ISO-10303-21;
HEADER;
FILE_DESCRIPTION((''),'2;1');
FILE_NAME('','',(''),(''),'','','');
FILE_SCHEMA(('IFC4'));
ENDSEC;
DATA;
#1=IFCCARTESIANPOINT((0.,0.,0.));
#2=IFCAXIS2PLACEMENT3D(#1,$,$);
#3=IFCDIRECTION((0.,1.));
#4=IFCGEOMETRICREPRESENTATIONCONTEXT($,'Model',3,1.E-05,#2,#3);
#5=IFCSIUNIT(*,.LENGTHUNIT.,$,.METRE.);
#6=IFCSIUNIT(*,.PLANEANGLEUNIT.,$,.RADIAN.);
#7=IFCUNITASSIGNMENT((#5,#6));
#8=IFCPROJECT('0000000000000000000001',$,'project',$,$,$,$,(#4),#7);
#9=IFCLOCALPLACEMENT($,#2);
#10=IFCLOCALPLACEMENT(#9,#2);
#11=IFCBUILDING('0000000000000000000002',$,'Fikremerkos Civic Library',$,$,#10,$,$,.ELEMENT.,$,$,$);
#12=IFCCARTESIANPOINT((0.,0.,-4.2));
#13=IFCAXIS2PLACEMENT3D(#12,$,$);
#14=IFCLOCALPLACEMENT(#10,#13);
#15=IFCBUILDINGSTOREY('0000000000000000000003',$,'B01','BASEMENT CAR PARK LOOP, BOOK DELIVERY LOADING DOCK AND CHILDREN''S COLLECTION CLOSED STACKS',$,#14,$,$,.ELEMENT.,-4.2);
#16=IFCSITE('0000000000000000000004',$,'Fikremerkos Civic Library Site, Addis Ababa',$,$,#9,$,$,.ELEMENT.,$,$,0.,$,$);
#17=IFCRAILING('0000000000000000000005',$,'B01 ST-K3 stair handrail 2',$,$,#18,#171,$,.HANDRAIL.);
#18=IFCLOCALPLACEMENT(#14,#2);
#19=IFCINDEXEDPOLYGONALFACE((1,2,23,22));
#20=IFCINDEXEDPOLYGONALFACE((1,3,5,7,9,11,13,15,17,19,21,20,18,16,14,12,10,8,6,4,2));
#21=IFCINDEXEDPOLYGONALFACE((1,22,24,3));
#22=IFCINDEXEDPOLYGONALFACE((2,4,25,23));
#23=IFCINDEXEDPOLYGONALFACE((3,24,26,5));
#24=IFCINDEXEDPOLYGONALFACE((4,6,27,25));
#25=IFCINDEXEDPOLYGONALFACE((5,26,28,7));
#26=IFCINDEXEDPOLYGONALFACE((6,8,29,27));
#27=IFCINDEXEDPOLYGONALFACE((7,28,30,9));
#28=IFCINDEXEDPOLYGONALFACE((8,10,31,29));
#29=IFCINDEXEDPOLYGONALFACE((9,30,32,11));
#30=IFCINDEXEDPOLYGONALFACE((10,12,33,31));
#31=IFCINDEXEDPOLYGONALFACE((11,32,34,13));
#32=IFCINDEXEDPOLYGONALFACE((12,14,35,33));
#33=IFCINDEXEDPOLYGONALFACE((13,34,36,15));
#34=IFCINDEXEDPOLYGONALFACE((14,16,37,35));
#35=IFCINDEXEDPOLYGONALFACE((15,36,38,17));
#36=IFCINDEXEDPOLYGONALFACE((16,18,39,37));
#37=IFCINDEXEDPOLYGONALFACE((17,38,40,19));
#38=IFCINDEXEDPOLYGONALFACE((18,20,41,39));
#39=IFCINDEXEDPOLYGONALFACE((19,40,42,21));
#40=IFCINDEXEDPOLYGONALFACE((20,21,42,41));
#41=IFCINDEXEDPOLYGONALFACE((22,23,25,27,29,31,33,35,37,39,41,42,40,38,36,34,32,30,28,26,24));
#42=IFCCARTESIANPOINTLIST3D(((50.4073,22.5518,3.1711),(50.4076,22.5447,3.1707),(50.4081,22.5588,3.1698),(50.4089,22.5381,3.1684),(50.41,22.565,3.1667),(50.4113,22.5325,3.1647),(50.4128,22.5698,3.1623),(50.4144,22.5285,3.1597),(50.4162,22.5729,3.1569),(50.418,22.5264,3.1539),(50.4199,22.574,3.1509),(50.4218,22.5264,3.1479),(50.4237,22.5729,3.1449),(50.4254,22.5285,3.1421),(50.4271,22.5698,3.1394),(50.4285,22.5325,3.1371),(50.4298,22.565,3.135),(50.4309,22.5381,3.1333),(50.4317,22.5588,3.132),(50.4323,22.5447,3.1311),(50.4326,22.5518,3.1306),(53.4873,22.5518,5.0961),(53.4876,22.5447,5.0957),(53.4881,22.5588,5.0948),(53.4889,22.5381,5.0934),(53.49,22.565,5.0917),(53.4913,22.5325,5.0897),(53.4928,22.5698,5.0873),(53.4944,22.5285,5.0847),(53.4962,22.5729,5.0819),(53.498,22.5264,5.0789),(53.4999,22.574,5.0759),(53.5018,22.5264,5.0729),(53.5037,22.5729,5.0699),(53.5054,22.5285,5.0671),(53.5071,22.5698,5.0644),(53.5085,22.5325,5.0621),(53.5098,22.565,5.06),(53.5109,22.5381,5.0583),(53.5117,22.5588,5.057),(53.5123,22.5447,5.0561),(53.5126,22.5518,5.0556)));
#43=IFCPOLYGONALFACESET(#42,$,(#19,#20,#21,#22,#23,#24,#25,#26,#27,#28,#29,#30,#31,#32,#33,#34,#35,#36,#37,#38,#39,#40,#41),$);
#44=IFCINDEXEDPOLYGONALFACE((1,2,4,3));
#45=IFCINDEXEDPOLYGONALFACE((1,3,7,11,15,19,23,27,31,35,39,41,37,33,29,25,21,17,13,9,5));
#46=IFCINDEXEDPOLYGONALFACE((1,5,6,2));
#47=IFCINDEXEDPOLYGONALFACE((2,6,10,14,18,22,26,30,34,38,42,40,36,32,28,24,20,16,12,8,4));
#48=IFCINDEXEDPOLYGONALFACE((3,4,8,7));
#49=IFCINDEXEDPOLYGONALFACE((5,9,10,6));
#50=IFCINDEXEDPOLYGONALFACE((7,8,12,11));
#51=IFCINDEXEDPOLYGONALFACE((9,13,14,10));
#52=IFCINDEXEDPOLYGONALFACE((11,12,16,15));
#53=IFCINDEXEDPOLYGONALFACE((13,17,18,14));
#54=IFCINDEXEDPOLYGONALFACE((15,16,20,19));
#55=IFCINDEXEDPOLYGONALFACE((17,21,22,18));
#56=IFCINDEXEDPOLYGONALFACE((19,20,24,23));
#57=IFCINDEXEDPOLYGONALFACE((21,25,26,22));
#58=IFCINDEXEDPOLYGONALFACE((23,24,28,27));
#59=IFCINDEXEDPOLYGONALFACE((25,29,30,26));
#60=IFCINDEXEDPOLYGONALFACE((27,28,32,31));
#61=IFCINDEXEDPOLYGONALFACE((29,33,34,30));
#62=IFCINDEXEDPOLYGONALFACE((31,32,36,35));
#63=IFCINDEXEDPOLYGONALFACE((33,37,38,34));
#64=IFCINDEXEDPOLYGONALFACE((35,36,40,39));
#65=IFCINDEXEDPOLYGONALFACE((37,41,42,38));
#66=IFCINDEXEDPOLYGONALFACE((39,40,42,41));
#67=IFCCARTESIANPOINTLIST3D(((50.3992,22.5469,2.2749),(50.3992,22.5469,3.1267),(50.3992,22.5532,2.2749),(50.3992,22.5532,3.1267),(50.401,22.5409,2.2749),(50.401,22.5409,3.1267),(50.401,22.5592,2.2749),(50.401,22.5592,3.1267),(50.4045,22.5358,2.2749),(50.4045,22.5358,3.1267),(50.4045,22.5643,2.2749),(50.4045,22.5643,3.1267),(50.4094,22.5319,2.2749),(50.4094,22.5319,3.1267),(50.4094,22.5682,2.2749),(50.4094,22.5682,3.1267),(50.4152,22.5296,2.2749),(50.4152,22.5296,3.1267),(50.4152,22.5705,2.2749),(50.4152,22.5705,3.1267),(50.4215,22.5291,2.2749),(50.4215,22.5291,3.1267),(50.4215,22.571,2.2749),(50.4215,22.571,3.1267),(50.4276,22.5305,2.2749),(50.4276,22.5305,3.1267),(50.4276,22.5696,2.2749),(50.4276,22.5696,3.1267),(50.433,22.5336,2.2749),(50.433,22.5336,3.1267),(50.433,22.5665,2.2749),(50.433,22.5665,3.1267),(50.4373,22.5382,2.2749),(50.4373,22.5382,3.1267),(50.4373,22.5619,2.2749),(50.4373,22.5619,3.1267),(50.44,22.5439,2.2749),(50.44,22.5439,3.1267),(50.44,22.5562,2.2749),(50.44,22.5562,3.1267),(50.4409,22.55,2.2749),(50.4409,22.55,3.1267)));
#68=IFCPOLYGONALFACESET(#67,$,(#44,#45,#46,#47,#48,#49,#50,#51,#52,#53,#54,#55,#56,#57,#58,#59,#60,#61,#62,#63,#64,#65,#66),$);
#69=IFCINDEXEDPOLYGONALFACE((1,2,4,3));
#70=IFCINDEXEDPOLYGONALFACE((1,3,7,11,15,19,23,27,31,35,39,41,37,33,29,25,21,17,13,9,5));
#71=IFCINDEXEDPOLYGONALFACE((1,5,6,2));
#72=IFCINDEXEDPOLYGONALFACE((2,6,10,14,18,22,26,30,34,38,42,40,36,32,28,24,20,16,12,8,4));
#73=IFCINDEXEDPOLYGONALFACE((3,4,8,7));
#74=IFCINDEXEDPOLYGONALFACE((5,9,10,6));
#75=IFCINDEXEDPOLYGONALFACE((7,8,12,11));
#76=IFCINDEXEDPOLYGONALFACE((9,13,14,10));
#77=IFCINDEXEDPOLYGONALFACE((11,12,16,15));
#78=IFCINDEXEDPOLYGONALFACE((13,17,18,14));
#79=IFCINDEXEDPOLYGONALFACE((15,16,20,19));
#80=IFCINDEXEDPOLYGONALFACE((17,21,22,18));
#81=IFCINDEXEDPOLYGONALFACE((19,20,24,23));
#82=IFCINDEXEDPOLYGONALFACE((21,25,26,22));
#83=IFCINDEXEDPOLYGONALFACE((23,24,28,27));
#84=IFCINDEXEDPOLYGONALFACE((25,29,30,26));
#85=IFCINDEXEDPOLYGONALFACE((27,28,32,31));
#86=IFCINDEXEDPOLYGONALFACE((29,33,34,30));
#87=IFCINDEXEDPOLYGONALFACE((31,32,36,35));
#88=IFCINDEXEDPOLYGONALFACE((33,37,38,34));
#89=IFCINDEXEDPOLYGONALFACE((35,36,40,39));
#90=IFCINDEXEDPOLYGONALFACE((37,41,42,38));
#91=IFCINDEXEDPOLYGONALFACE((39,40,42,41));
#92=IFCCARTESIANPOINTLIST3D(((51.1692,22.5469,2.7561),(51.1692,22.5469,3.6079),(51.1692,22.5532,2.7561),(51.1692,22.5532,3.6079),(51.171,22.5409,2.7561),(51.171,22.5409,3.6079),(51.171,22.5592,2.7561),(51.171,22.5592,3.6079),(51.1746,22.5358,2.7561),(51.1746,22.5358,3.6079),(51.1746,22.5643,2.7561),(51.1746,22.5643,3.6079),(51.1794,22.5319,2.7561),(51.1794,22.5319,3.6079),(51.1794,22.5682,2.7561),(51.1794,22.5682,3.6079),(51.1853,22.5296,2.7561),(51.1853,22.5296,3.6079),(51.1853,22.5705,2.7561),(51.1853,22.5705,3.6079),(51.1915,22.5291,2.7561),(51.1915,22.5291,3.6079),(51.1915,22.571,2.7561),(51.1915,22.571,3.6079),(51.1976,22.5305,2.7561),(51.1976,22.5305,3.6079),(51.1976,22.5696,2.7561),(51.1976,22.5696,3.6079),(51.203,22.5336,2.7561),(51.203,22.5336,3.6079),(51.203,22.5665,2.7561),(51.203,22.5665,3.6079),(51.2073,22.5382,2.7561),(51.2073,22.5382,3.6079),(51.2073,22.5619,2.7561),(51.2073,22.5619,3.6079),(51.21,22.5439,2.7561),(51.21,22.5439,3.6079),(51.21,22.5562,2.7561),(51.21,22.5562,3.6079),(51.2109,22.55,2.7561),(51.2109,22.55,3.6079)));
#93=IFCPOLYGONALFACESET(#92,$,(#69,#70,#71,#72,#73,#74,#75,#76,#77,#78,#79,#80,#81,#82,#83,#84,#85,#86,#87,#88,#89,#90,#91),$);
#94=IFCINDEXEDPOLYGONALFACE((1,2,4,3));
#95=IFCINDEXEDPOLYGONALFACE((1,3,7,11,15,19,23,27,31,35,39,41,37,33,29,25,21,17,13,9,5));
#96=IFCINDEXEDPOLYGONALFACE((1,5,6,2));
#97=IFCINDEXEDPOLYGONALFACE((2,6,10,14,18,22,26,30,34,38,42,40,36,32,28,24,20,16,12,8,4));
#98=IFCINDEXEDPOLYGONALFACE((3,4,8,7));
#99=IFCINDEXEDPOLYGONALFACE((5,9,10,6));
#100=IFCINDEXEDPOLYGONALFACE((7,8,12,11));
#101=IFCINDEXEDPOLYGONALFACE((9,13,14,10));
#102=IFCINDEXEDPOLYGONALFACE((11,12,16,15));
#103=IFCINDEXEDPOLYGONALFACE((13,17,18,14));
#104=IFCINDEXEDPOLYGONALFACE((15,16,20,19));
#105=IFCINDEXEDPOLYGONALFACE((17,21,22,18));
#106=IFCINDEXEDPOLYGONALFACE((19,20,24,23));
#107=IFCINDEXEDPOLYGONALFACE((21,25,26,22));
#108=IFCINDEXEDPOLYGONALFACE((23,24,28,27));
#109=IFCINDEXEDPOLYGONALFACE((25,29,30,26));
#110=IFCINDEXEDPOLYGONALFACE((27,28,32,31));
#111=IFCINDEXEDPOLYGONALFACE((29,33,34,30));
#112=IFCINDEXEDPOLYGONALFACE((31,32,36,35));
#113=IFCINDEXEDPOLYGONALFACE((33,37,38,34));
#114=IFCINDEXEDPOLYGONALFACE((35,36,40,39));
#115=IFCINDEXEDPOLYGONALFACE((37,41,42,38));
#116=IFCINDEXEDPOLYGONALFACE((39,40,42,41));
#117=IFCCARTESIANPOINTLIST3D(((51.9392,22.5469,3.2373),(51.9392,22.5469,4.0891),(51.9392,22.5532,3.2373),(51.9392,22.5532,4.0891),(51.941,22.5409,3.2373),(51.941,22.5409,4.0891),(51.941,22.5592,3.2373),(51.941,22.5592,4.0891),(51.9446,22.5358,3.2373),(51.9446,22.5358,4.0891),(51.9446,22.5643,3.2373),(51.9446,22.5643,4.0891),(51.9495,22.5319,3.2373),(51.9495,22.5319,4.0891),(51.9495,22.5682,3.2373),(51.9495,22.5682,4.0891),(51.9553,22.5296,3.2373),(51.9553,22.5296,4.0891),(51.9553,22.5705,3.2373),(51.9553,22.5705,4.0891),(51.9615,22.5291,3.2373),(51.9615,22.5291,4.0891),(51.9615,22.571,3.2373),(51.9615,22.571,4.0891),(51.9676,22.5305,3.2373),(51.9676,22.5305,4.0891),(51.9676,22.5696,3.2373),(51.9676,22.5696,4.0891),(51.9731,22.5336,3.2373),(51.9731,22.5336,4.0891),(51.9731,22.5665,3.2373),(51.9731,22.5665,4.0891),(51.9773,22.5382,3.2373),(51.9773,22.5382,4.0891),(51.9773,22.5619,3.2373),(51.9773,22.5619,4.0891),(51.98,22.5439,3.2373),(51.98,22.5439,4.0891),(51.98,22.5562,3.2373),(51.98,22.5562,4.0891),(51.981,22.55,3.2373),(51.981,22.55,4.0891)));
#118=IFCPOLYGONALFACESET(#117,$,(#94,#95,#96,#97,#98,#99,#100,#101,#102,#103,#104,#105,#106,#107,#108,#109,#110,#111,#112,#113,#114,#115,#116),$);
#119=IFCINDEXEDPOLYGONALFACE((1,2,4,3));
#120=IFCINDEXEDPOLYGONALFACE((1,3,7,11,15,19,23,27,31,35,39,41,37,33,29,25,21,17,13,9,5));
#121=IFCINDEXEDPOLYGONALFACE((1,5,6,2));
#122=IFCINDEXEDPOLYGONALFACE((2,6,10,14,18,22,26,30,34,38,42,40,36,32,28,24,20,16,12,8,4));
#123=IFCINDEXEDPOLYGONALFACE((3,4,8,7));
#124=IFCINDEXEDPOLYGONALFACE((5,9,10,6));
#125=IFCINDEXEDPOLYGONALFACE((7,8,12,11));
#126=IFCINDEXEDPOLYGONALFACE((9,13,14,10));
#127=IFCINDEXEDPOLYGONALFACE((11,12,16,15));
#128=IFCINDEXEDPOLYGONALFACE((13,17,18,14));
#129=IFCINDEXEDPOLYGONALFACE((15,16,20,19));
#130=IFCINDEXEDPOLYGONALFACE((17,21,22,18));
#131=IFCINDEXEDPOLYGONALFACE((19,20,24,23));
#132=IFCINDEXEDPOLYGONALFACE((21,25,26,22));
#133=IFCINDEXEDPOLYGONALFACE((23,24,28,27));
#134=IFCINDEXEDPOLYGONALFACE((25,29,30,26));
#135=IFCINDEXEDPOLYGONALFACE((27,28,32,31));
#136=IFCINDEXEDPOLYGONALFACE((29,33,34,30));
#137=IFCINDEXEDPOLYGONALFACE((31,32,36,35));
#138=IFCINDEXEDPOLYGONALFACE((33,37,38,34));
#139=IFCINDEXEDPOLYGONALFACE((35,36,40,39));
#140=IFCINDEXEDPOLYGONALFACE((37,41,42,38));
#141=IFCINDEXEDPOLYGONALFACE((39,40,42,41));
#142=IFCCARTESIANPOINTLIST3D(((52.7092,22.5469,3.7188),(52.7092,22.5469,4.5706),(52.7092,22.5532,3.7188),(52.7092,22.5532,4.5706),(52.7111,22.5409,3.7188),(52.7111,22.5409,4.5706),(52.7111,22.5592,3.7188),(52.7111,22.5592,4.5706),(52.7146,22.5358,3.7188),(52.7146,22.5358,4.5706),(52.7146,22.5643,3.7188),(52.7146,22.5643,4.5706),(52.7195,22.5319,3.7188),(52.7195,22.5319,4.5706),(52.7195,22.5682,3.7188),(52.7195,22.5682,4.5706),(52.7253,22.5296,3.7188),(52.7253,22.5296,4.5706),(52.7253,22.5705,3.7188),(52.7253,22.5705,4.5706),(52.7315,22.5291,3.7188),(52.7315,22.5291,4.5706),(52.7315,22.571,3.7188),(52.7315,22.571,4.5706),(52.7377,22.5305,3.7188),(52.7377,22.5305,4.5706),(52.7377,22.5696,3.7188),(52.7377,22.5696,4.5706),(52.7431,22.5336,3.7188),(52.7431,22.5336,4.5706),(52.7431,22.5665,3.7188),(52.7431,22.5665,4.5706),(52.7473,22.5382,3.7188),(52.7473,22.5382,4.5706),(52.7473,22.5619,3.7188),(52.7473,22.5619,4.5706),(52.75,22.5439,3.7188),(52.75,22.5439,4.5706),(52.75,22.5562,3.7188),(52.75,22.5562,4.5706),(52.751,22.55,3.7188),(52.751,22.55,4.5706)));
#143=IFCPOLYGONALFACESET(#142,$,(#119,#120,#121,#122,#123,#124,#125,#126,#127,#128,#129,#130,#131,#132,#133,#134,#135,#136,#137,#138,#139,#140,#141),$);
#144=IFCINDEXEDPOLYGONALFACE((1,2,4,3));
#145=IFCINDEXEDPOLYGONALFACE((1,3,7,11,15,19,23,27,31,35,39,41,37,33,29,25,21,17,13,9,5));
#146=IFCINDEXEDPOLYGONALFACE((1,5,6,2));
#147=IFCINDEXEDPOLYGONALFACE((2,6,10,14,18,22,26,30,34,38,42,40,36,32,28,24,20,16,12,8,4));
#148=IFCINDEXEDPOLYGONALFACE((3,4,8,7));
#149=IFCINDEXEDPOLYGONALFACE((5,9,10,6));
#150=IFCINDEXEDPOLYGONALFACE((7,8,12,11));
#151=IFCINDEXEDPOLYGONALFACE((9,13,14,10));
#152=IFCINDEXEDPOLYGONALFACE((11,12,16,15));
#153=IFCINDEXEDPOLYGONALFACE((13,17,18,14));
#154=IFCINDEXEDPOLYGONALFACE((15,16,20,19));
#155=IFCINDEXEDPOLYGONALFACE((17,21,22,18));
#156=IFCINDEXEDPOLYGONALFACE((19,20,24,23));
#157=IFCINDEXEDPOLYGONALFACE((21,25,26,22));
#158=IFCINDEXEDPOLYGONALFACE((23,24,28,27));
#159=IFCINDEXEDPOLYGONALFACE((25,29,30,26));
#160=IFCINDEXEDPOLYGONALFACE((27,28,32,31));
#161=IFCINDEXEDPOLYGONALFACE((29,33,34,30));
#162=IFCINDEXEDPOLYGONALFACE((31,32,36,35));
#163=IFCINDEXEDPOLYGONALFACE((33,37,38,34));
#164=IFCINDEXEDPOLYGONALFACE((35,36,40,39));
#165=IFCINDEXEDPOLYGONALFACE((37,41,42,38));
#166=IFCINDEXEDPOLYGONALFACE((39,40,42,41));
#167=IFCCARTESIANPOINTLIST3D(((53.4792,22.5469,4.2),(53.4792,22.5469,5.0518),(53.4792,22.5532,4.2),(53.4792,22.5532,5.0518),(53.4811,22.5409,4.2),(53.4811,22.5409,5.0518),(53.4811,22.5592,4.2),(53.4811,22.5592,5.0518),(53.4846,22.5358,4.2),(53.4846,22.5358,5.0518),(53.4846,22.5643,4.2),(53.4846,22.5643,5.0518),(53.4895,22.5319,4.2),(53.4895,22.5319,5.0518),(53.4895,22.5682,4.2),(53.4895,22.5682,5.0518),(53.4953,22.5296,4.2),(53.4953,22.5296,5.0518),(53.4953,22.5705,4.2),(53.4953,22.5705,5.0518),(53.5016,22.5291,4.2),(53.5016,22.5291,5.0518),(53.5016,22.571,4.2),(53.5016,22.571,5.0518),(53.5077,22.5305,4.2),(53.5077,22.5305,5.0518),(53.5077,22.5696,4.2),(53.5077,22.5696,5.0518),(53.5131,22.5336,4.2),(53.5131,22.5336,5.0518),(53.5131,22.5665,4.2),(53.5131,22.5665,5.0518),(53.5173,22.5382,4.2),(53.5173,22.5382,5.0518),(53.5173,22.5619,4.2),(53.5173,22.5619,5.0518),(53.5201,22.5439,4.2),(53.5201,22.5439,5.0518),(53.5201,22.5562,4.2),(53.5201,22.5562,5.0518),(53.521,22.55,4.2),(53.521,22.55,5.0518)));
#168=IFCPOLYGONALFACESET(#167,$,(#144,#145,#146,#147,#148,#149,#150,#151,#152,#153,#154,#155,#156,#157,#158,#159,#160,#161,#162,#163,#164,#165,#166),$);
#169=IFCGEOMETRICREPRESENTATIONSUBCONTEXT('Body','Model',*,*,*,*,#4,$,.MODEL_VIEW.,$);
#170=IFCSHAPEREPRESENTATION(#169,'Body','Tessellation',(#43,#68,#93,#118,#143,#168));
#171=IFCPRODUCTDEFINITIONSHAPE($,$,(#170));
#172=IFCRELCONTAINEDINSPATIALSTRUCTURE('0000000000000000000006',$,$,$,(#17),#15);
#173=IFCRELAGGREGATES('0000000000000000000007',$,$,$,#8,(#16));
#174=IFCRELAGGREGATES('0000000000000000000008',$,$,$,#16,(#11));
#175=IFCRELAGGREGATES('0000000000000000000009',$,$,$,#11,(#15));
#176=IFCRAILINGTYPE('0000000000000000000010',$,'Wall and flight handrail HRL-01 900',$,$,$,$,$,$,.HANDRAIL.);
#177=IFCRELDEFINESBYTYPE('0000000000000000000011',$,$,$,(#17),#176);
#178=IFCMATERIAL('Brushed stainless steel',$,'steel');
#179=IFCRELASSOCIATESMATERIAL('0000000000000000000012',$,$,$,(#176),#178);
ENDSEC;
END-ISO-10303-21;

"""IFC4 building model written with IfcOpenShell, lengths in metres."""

from ifc_helpers import new_model, si_unit, direction, frame, origin, origin_2d, place, context, subcontext, project, spatial, circle, extrude, material, type_object, element, save


model = new_model("IFC4")

# Units and contexts
model_context = context("Model", 3, precision=1e-05, world=origin(), true_north=direction((0.0, 1.0)))
body_context = subcontext(model_context, "Body", "Model", "MODEL_VIEW")
ifc_project = project(units=[si_unit("LENGTHUNIT", "METRE"), si_unit("PLANEANGLEUNIT", "RADIAN")], contexts=[model_context])

# Site, building, storey
site_placement = place(None, origin())
site = spatial("IfcSite", under=ifc_project, at=site_placement, Name="Fikremerkos Civic Library Site, Addis Ababa", CompositionType="ELEMENT", RefElevation=0.0)
building_placement = place(site_placement, origin())
building = spatial("IfcBuilding", under=site, at=building_placement, Name="Fikremerkos Civic Library", CompositionType="ELEMENT")
storey_placement = place(building_placement, frame((0.0, 0.0, -4.2)))
storey = spatial("IfcBuildingStorey", under=building, at=storey_placement, Name="B01", Description="BASEMENT CAR PARK LOOP, BOOK DELIVERY LOADING DOCK AND CHILDREN'S COLLECTION CLOSED STACKS", CompositionType="ELEMENT", Elevation=-4.2)

# Shared definitions
ifc_material_1 = material(Name="Brushed stainless steel", Category="steel")

# Railing
railing_type_1 = type_object("IfcRailingType", Name="Wall and flight handrail HRL-01 900", PredefinedType="HANDRAIL", material=ifc_material_1)
railing_1_placement = place(storey_placement, frame((50.4199, 22.55, 2.2749)))
element("IfcRailing", 1, at=railing_1_placement, inside=storey, type_object=railing_type_1, Name="B01 ST-K3 stair handrail 2", PredefinedType="HANDRAIL", context=body_context, shape_type="SweptSolid", body=[
    extrude(circle(Radius=0.0239, at=origin_2d()), frame((0.0, 0.0, 0.876), z_axis=(0.847998, 0.0, 0.529999), x_axis=(0.0, 1.0, 0.0)), (0.0, 0.0, 1.0), 3.6321),
    extrude(circle(Radius=0.021, at=origin_2d()), origin(), (0.0, 0.0, 1.0), 0.8518),
    extrude(circle(Radius=0.021, at=origin_2d()), frame((0.77, 0.0, 0.4812)), (0.0, 0.0, 1.0), 0.8518),
    extrude(circle(Radius=0.021, at=origin_2d()), frame((1.54, 0.0, 0.9624)), (0.0, 0.0, 1.0), 0.8518),
    extrude(circle(Radius=0.021, at=origin_2d()), frame((2.3101, 0.0, 1.4438)), (0.0, 0.0, 1.0), 0.8518),
    extrude(circle(Radius=0.021, at=origin_2d()), frame((3.0801, 0.0, 1.925)), (0.0, 0.0, 1.0), 0.8518),
])

save(model, "model.ifc")
